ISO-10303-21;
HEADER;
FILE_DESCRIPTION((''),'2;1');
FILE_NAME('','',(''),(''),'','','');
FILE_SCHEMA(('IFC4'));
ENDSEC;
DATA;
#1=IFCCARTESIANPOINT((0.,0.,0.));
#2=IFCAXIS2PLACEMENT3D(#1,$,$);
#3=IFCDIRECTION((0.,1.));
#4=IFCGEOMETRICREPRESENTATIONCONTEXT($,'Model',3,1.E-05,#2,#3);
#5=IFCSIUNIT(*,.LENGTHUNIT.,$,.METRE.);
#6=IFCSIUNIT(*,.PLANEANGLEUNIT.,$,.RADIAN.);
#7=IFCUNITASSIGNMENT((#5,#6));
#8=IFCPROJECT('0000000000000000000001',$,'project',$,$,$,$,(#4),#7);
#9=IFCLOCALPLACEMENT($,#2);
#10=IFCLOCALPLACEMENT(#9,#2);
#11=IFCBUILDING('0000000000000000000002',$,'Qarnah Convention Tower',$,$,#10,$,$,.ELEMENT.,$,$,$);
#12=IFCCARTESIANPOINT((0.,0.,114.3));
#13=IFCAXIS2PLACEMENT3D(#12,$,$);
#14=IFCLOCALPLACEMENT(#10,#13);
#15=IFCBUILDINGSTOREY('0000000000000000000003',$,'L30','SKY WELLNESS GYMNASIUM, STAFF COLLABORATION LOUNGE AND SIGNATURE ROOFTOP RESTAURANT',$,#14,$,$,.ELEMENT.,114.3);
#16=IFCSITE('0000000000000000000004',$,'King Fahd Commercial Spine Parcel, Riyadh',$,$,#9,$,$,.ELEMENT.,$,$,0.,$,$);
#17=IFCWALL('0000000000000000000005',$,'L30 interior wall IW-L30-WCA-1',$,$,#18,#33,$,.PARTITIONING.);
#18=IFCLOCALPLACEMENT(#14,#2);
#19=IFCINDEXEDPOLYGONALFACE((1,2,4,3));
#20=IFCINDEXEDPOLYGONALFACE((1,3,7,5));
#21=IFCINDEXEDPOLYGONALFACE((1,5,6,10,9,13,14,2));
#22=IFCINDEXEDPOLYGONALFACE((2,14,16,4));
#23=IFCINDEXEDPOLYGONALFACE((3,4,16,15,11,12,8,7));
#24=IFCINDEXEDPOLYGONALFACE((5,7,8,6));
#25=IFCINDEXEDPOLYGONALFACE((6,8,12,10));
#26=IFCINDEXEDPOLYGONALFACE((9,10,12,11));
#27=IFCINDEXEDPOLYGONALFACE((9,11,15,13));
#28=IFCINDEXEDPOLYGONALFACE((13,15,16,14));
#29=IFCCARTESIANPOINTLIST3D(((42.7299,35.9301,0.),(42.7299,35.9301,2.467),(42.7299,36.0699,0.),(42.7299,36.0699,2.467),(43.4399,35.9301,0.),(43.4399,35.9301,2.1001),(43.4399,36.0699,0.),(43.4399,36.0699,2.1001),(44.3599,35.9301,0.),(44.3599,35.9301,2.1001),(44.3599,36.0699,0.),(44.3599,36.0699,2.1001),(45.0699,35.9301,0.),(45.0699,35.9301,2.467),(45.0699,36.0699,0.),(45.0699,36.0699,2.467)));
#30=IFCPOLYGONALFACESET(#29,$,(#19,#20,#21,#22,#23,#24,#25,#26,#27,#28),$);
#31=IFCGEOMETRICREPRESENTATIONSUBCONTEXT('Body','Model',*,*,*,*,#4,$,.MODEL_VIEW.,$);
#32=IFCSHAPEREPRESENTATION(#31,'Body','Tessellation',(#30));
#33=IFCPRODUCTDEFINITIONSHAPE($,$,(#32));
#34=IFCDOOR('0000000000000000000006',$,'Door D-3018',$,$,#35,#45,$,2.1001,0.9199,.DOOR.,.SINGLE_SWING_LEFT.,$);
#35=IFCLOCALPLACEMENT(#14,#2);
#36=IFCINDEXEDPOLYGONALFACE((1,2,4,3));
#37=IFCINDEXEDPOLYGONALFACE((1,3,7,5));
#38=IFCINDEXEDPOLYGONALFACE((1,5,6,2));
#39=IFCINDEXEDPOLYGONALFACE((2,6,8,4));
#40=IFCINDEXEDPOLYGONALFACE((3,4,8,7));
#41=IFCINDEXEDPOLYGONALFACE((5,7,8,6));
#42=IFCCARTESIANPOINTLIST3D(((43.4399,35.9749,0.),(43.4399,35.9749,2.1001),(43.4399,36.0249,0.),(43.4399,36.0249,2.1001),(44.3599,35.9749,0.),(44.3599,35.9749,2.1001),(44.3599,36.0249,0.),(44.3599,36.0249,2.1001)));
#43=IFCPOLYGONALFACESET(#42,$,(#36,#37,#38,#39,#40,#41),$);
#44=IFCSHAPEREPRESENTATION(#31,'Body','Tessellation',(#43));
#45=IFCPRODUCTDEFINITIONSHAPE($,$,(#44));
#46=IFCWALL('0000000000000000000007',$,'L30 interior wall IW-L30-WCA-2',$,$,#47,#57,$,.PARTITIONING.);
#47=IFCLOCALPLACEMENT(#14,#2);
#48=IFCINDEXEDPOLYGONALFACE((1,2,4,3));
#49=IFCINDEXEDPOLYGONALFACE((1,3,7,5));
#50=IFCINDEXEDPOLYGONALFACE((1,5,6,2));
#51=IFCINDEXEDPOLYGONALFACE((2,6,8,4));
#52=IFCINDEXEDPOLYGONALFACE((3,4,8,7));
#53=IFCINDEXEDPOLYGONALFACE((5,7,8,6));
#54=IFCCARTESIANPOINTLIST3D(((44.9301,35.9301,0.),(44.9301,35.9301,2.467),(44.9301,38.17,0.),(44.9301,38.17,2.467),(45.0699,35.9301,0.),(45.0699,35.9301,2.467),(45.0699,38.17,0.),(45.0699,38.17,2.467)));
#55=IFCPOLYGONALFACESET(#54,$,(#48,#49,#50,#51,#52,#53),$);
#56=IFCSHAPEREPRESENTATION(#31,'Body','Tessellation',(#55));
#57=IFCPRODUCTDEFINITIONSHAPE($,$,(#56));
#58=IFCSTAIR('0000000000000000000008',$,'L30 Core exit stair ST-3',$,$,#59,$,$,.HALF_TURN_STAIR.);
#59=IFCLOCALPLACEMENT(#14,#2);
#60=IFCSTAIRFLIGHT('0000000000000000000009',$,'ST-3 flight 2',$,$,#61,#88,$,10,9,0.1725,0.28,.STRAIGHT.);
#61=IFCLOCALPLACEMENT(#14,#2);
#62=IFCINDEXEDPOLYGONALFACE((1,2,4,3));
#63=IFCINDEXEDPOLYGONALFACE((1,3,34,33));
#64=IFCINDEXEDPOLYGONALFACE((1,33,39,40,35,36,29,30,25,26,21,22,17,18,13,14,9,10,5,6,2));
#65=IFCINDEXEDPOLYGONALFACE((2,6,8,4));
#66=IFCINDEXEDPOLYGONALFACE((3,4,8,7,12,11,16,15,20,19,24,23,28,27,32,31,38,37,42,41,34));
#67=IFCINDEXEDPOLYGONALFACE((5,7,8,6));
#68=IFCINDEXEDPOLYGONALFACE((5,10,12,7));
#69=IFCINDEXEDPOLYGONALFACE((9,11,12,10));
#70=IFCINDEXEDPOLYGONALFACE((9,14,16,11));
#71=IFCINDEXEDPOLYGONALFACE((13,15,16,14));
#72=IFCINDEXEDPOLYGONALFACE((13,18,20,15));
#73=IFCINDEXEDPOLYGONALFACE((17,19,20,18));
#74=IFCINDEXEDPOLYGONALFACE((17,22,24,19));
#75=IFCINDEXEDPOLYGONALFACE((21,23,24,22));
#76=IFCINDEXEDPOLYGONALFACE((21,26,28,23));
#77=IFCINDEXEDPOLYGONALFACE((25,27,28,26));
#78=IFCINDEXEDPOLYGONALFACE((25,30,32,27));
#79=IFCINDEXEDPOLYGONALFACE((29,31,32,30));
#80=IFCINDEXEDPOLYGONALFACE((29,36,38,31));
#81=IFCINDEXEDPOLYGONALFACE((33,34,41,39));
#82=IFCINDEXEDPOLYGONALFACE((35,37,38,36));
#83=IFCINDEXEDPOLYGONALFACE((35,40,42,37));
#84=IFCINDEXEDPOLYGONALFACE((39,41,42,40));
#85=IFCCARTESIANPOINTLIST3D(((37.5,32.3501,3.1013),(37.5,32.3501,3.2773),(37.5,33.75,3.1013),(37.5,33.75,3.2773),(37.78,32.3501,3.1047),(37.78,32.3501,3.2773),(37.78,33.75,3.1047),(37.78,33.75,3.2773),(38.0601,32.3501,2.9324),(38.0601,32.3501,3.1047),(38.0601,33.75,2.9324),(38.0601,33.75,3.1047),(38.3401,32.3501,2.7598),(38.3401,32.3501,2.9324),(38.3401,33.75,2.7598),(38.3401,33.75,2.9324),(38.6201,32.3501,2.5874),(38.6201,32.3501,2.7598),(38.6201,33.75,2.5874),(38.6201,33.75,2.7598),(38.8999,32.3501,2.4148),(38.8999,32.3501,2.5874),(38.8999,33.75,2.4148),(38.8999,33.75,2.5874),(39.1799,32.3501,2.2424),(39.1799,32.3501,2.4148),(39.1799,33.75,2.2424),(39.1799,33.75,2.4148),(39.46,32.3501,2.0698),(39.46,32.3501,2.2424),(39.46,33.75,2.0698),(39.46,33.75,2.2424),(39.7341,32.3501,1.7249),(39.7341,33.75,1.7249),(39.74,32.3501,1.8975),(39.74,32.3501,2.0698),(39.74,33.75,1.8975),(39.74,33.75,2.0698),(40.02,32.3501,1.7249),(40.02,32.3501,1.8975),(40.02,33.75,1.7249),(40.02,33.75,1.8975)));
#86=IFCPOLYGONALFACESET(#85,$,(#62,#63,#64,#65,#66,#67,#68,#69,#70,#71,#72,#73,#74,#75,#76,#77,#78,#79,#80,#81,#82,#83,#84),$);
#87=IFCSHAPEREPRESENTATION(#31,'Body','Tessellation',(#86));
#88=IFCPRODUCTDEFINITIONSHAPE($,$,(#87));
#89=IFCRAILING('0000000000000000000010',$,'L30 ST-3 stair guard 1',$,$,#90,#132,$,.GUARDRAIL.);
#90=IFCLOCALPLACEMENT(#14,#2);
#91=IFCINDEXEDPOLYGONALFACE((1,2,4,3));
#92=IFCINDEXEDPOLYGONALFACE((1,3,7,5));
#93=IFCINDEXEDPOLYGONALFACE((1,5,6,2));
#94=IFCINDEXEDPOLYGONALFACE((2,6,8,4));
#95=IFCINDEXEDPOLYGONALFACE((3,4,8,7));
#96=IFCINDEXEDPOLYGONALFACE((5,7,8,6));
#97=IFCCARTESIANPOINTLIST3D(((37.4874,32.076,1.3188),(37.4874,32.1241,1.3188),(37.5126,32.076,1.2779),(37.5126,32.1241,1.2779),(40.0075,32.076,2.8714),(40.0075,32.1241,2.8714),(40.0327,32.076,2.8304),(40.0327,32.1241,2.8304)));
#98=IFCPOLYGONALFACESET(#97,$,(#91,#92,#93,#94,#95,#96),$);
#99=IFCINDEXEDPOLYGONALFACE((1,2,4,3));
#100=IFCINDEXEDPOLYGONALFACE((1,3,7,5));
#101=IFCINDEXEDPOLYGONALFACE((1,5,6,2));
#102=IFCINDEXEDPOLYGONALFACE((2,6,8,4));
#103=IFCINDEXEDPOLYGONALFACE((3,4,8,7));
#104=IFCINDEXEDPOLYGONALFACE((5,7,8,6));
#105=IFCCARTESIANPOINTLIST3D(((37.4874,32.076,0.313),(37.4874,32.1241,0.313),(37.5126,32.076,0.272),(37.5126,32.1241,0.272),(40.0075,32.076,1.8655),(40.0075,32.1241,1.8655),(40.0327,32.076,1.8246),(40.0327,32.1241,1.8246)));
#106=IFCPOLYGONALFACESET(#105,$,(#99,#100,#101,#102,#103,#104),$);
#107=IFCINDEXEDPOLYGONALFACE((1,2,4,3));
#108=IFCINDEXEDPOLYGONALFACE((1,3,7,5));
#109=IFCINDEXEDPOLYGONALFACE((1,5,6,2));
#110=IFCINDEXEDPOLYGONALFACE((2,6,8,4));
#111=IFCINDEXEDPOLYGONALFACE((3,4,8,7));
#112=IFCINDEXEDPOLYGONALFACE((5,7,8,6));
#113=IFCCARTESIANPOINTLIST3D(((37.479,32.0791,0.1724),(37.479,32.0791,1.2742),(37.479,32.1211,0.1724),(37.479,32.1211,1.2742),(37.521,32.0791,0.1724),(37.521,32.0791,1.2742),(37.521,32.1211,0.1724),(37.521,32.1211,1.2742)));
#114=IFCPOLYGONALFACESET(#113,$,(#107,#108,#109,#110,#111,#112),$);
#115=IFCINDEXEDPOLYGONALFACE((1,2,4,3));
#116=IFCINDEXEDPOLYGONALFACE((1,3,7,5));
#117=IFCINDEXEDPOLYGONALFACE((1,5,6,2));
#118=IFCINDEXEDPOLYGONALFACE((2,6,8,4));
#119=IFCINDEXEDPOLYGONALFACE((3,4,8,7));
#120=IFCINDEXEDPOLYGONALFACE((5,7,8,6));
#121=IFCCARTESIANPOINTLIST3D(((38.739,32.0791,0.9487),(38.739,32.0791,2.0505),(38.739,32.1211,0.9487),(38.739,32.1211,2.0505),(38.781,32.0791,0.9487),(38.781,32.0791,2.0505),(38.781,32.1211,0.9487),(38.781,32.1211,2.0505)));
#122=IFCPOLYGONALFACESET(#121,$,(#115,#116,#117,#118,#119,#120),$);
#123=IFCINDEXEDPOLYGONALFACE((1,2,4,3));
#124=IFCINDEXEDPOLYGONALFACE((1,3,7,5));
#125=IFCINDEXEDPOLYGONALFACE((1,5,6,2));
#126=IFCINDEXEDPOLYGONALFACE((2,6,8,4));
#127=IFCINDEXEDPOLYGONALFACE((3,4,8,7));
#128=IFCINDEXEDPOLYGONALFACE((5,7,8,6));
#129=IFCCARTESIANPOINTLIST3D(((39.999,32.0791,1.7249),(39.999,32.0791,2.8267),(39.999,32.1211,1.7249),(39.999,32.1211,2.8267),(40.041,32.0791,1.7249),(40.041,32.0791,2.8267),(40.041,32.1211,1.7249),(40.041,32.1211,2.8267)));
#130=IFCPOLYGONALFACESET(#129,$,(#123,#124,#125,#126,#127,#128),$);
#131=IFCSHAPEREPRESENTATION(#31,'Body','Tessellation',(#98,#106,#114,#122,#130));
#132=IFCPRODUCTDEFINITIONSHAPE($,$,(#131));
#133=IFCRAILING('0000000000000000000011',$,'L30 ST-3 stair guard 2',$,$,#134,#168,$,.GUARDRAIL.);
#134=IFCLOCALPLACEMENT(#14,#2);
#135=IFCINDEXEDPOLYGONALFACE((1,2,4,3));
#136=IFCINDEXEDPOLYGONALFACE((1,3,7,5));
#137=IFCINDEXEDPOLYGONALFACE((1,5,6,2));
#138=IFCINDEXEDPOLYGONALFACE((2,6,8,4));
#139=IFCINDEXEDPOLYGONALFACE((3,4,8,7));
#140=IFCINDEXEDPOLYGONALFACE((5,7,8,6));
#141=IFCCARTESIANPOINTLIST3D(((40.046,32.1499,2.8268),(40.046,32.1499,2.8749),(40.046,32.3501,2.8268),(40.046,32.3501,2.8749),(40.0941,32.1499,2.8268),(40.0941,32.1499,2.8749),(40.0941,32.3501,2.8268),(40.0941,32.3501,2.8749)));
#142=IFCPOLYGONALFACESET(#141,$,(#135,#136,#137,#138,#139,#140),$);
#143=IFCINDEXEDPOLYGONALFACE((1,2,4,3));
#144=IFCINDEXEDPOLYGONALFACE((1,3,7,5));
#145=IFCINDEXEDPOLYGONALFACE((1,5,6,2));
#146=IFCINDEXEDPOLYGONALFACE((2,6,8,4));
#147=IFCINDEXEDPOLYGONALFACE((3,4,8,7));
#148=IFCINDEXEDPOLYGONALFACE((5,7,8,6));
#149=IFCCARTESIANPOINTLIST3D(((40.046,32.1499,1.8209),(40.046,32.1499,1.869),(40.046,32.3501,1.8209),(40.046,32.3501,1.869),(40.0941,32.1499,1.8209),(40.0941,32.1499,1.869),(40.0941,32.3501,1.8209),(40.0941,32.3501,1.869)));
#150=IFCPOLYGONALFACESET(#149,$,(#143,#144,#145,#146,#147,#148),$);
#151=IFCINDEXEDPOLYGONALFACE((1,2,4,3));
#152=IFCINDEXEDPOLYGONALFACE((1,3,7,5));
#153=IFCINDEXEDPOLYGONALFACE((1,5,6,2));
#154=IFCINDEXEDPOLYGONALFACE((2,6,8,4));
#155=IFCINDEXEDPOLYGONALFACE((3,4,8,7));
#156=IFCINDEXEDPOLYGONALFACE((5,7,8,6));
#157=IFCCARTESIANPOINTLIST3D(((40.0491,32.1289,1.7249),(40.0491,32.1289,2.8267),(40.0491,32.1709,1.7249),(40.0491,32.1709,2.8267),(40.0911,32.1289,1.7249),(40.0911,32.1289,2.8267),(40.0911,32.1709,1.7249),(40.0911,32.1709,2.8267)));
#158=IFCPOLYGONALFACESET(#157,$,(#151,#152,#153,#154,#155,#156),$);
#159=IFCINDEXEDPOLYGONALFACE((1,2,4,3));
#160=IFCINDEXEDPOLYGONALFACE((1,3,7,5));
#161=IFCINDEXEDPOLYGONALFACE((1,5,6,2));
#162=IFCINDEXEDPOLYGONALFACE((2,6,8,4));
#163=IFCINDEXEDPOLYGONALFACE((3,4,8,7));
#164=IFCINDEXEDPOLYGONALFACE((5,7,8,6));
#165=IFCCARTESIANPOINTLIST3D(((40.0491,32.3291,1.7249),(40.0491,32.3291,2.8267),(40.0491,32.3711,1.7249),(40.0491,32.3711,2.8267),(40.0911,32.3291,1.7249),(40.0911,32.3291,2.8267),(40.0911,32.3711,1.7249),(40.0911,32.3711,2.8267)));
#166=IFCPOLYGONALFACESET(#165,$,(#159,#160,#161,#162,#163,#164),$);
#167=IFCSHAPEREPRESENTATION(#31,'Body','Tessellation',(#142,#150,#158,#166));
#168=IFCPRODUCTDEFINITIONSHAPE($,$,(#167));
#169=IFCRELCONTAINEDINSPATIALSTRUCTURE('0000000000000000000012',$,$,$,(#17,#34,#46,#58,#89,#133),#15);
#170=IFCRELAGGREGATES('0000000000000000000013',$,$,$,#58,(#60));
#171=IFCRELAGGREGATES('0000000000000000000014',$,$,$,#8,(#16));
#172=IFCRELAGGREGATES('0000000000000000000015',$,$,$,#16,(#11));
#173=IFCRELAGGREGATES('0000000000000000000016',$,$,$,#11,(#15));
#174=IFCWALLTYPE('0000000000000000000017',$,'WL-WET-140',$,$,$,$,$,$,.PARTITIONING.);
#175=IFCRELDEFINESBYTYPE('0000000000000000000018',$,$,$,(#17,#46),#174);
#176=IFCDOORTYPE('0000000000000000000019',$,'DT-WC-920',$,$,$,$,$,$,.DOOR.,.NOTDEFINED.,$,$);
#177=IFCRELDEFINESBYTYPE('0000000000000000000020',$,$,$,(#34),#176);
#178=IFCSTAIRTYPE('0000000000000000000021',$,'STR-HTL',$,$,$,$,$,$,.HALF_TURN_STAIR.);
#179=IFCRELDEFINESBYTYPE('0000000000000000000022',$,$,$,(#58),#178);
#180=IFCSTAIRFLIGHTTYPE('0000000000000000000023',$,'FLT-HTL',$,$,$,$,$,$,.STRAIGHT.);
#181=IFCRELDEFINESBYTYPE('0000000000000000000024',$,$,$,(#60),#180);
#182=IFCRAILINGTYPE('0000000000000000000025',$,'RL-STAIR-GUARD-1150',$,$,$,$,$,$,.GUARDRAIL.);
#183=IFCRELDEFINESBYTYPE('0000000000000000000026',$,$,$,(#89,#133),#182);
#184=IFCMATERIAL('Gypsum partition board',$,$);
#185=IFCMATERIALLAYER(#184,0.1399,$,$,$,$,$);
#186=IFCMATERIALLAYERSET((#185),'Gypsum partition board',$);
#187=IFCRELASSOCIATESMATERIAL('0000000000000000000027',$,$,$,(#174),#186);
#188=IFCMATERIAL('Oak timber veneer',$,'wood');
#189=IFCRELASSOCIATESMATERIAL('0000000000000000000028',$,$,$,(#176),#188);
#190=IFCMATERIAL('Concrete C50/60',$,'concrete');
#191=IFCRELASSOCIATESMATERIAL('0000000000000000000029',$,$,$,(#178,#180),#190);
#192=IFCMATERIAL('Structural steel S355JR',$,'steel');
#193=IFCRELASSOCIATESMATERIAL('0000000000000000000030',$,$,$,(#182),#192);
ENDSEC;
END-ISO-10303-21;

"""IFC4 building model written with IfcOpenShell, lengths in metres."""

from ifc_helpers import new_model, si_unit, direction, frame, frame_2d, origin, origin_2d, place, context, subcontext, project, spatial, polyline, rectangle, outline, extrude, material, layer, layer_set, type_object, element, fill, aggregate, save


model = new_model("IFC4")

# Units and contexts
model_context = context("Model", 3, precision=1e-05, world=origin(), true_north=direction((0.0, 1.0)))
body_context = subcontext(model_context, "Body", "Model", "MODEL_VIEW")
ifc_project = project(units=[si_unit("LENGTHUNIT", "METRE"), si_unit("PLANEANGLEUNIT", "RADIAN")], contexts=[model_context])

# Site, building, storey
site_placement = place(None, origin())
site = spatial("IfcSite", under=ifc_project, at=site_placement, Name="King Fahd Commercial Spine Parcel, Riyadh", CompositionType="ELEMENT", RefElevation=0.0)
building_placement = place(site_placement, origin())
building = spatial("IfcBuilding", under=site, at=building_placement, Name="Qarnah Convention Tower", CompositionType="ELEMENT")
storey_placement = place(building_placement, frame((0.0, 0.0, 114.3)))
storey = spatial("IfcBuildingStorey", under=building, at=storey_placement, Name="L30", Description="SKY WELLNESS GYMNASIUM, STAFF COLLABORATION LOUNGE AND SIGNATURE ROOFTOP RESTAURANT", CompositionType="ELEMENT", Elevation=114.3)

# Shared definitions
ifc_material_1 = material(Name="Structural steel S355JR", Category="steel")

# Shared definitions
ifc_material_2 = material(Name="Gypsum partition board")

# Shared definitions
ifc_layer_1 = layer(ifc_material_2, 0.1399)
ifc_layer_set_1 = layer_set([ifc_layer_1], Name="Gypsum partition board")
wall_type_1 = type_object("IfcWallType", Name="WL-WET-140", PredefinedType="PARTITIONING", material=ifc_layer_set_1)
ifc_material_3 = material(Name="Oak timber veneer", Category="wood")
door_type_1 = type_object("IfcDoorType", Name="DT-WC-920", OperationType="NOTDEFINED", PredefinedType="DOOR", material=ifc_material_3)

# Wall, opening, door
wall_1_placement = place(storey_placement, frame((42.73, 36.0, 0.0), z_axis=(0.0, 0.0, 1.0), x_axis=(1.0, 0.0, 0.0)))
wall_1 = element("IfcWall", 1, at=wall_1_placement, inside=storey, type_object=wall_type_1, Name="L30 interior wall IW-L30-WCA-1", PredefinedType="PARTITIONING", context=body_context, shape_type="SweptSolid", body=[
    extrude(rectangle(XDim=2.3401, YDim=0.1399, at=frame_2d((1.1699, 0.0))), origin(), (0.0, 0.0, 1.0), 2.467),
])
opening_1_placement = place(wall_1_placement, frame((0.71, 0.0, 0.0)))
opening_1 = element("IfcOpeningElement", 2, at=opening_1_placement, cuts=wall_1, PredefinedType="OPENING", context=body_context, shape_type="SweptSolid", body=[
    extrude(rectangle(XDim=0.9199, YDim=2.1001, at=frame_2d((0.46, 1.05))), frame((0.0, 0.0798, 0.0), z_axis=(0.0, -1.0, 0.0), x_axis=(1.0, 0.0, 0.0)), (0.0, 0.0, 1.0), 0.1599),
])
door_1_placement = place(opening_1_placement, origin())
door_1 = element("IfcDoor", 3, at=door_1_placement, inside=storey, type_object=door_type_1, Name="Door D-3018", OperationType="SINGLE_SWING_LEFT", OverallHeight=2.1001, OverallWidth=0.9199, PredefinedType="DOOR", context=body_context, shape_type="SweptSolid", body=[
    extrude(rectangle(XDim=0.9199, YDim=2.1001, at=frame_2d((0.46, 1.05))), frame((0.0, 0.0249, 0.0), z_axis=(0.0, -1.0, 0.0), x_axis=(1.0, 0.0, 0.0)), (0.0, 0.0, 1.0), 0.05),
])
fill(opening_1, door_1)

# Wall
wall_2_placement = place(storey_placement, frame((45.0, 35.9299, 0.0), z_axis=(0.0, 0.0, 1.0), x_axis=(0.0, 1.0, 0.0)))
element("IfcWall", 4, at=wall_2_placement, inside=storey, type_object=wall_type_1, Name="L30 interior wall IW-L30-WCA-2", PredefinedType="PARTITIONING", context=body_context, shape_type="SweptSolid", body=[
    extrude(rectangle(XDim=2.24, YDim=0.1399, at=frame_2d((1.1201, 0.0))), origin(), (0.0, 0.0, 1.0), 2.467),
])

# Stair, stair flight
ifc_material_4 = material(Name="Concrete C50/60", Category="concrete")
stair_type = type_object("IfcStairType", Name="STR-HTL", PredefinedType="HALF_TURN_STAIR", material=ifc_material_4)
stair_placement = place(storey_placement, origin())
stair = element("IfcStair", 5, at=stair_placement, inside=storey, type_object=stair_type, Name="L30 Core exit stair ST-3", PredefinedType="HALF_TURN_STAIR")
stair_flight_type = type_object("IfcStairFlightType", Name="FLT-HTL", PredefinedType="STRAIGHT", material=ifc_material_4)
stair_flight_placement = place(storey_placement, frame((40.02, 33.05, 1.7249), z_axis=(0.0, 0.0, 1.0), x_axis=(-1.0, 0.0, 0.0)))
stair_flight = element("IfcStairFlight", 6, at=stair_flight_placement, type_object=stair_flight_type, Name="ST-3 flight 2", NumberOfRisers=10, NumberOfTreads=9, PredefinedType="STRAIGHT", RiserHeight=0.1725, TreadLength=0.28, context=body_context, shape_type="SweptSolid", body=[
    extrude(outline(polyline([(0.0, 0.0), (0.0, 0.1726), (0.28, 0.1726), (0.28, 0.345), (0.5601, 0.345), (0.5601, 0.5176), (0.8401, 0.5176), (0.8401, 0.6899), (1.1201, 0.6899), (1.1201, 0.8625), (1.3999, 0.8625), (1.3999, 1.0349), (1.6799, 1.0349), (1.6799, 1.2075), (1.96, 1.2075), (1.96, 1.3799), (2.24, 1.3799), (2.24, 1.5525), (2.52, 1.5525), (2.52, 1.7251), (2.52, 1.3765), (0.2859, 0.0), (0.0, 0.0)])), frame((0.0, 0.7, 0.0), z_axis=(0.0, -1.0, 0.0), x_axis=(1.0, 0.0, 0.0)), (0.0, 0.0, 1.0), 1.3999),
])
aggregate(stair, [stair_flight])

# Railings
railing_type_1 = type_object("IfcRailingType", Name="RL-STAIR-GUARD-1150", PredefinedType="GUARDRAIL", material=ifc_material_1)
railing_1_placement = place(storey_placement, frame((37.5, 32.1001, 0.1724)))
element("IfcRailing", 7, at=railing_1_placement, inside=storey, type_object=railing_type_1, Name="L30 ST-3 stair guard 1", PredefinedType="GUARDRAIL", context=body_context, shape_type="SweptSolid", body=[
    extrude(rectangle(XDim=0.0481, YDim=0.0481, at=origin_2d()), frame((0.0, 0.0, 1.126), z_axis=(0.8514, 0.0, 0.524516), x_axis=(0.0, 1.0, 0.0)), (0.0, 0.0, 1.0), 2.96),
    extrude(rectangle(XDim=0.0481, YDim=0.0481, at=origin_2d()), frame((0.0, 0.0, 0.1201), z_axis=(0.8514, 0.0, 0.524516), x_axis=(0.0, 1.0, 0.0)), (0.0, 0.0, 1.0), 2.96),
    extrude(rectangle(XDim=0.042, YDim=0.042, at=origin_2d()), origin(), (0.0, 0.0, 1.0), 1.1018),
    extrude(rectangle(XDim=0.042, YDim=0.042, at=origin_2d()), frame((1.26, 0.0, 0.7764)), (0.0, 0.0, 1.0), 1.1018),
    extrude(rectangle(XDim=0.042, YDim=0.042, at=origin_2d()), frame((2.52, 0.0, 1.5525)), (0.0, 0.0, 1.0), 1.1018),
])
railing_2_placement = place(storey_placement, frame((40.0701, 32.1499, 1.7249)))
element("IfcRailing", 8, at=railing_2_placement, inside=storey, type_object=railing_type_1, Name="L30 ST-3 stair guard 2", PredefinedType="GUARDRAIL", context=body_context, shape_type="SweptSolid", body=[
    extrude(rectangle(XDim=0.0481, YDim=0.0481, at=origin_2d()), frame((0.0, 0.0, 1.126), z_axis=(0.0, 1.0, 0.0), x_axis=(-1.0, 0.0, 0.0)), (0.0, 0.0, 1.0), 0.2002),
    extrude(rectangle(XDim=0.0481, YDim=0.0481, at=origin_2d()), frame((0.0, 0.0, 0.1201), z_axis=(0.0, 1.0, 0.0), x_axis=(-1.0, 0.0, 0.0)), (0.0, 0.0, 1.0), 0.2002),
    extrude(rectangle(XDim=0.042, YDim=0.042, at=origin_2d()), origin(), (0.0, 0.0, 1.0), 1.1018),
    extrude(rectangle(XDim=0.042, YDim=0.042, at=origin_2d()), frame((0.0, 0.2002, 0.0)), (0.0, 0.0, 1.0), 1.1018),
])

save(model, "model.ifc")
